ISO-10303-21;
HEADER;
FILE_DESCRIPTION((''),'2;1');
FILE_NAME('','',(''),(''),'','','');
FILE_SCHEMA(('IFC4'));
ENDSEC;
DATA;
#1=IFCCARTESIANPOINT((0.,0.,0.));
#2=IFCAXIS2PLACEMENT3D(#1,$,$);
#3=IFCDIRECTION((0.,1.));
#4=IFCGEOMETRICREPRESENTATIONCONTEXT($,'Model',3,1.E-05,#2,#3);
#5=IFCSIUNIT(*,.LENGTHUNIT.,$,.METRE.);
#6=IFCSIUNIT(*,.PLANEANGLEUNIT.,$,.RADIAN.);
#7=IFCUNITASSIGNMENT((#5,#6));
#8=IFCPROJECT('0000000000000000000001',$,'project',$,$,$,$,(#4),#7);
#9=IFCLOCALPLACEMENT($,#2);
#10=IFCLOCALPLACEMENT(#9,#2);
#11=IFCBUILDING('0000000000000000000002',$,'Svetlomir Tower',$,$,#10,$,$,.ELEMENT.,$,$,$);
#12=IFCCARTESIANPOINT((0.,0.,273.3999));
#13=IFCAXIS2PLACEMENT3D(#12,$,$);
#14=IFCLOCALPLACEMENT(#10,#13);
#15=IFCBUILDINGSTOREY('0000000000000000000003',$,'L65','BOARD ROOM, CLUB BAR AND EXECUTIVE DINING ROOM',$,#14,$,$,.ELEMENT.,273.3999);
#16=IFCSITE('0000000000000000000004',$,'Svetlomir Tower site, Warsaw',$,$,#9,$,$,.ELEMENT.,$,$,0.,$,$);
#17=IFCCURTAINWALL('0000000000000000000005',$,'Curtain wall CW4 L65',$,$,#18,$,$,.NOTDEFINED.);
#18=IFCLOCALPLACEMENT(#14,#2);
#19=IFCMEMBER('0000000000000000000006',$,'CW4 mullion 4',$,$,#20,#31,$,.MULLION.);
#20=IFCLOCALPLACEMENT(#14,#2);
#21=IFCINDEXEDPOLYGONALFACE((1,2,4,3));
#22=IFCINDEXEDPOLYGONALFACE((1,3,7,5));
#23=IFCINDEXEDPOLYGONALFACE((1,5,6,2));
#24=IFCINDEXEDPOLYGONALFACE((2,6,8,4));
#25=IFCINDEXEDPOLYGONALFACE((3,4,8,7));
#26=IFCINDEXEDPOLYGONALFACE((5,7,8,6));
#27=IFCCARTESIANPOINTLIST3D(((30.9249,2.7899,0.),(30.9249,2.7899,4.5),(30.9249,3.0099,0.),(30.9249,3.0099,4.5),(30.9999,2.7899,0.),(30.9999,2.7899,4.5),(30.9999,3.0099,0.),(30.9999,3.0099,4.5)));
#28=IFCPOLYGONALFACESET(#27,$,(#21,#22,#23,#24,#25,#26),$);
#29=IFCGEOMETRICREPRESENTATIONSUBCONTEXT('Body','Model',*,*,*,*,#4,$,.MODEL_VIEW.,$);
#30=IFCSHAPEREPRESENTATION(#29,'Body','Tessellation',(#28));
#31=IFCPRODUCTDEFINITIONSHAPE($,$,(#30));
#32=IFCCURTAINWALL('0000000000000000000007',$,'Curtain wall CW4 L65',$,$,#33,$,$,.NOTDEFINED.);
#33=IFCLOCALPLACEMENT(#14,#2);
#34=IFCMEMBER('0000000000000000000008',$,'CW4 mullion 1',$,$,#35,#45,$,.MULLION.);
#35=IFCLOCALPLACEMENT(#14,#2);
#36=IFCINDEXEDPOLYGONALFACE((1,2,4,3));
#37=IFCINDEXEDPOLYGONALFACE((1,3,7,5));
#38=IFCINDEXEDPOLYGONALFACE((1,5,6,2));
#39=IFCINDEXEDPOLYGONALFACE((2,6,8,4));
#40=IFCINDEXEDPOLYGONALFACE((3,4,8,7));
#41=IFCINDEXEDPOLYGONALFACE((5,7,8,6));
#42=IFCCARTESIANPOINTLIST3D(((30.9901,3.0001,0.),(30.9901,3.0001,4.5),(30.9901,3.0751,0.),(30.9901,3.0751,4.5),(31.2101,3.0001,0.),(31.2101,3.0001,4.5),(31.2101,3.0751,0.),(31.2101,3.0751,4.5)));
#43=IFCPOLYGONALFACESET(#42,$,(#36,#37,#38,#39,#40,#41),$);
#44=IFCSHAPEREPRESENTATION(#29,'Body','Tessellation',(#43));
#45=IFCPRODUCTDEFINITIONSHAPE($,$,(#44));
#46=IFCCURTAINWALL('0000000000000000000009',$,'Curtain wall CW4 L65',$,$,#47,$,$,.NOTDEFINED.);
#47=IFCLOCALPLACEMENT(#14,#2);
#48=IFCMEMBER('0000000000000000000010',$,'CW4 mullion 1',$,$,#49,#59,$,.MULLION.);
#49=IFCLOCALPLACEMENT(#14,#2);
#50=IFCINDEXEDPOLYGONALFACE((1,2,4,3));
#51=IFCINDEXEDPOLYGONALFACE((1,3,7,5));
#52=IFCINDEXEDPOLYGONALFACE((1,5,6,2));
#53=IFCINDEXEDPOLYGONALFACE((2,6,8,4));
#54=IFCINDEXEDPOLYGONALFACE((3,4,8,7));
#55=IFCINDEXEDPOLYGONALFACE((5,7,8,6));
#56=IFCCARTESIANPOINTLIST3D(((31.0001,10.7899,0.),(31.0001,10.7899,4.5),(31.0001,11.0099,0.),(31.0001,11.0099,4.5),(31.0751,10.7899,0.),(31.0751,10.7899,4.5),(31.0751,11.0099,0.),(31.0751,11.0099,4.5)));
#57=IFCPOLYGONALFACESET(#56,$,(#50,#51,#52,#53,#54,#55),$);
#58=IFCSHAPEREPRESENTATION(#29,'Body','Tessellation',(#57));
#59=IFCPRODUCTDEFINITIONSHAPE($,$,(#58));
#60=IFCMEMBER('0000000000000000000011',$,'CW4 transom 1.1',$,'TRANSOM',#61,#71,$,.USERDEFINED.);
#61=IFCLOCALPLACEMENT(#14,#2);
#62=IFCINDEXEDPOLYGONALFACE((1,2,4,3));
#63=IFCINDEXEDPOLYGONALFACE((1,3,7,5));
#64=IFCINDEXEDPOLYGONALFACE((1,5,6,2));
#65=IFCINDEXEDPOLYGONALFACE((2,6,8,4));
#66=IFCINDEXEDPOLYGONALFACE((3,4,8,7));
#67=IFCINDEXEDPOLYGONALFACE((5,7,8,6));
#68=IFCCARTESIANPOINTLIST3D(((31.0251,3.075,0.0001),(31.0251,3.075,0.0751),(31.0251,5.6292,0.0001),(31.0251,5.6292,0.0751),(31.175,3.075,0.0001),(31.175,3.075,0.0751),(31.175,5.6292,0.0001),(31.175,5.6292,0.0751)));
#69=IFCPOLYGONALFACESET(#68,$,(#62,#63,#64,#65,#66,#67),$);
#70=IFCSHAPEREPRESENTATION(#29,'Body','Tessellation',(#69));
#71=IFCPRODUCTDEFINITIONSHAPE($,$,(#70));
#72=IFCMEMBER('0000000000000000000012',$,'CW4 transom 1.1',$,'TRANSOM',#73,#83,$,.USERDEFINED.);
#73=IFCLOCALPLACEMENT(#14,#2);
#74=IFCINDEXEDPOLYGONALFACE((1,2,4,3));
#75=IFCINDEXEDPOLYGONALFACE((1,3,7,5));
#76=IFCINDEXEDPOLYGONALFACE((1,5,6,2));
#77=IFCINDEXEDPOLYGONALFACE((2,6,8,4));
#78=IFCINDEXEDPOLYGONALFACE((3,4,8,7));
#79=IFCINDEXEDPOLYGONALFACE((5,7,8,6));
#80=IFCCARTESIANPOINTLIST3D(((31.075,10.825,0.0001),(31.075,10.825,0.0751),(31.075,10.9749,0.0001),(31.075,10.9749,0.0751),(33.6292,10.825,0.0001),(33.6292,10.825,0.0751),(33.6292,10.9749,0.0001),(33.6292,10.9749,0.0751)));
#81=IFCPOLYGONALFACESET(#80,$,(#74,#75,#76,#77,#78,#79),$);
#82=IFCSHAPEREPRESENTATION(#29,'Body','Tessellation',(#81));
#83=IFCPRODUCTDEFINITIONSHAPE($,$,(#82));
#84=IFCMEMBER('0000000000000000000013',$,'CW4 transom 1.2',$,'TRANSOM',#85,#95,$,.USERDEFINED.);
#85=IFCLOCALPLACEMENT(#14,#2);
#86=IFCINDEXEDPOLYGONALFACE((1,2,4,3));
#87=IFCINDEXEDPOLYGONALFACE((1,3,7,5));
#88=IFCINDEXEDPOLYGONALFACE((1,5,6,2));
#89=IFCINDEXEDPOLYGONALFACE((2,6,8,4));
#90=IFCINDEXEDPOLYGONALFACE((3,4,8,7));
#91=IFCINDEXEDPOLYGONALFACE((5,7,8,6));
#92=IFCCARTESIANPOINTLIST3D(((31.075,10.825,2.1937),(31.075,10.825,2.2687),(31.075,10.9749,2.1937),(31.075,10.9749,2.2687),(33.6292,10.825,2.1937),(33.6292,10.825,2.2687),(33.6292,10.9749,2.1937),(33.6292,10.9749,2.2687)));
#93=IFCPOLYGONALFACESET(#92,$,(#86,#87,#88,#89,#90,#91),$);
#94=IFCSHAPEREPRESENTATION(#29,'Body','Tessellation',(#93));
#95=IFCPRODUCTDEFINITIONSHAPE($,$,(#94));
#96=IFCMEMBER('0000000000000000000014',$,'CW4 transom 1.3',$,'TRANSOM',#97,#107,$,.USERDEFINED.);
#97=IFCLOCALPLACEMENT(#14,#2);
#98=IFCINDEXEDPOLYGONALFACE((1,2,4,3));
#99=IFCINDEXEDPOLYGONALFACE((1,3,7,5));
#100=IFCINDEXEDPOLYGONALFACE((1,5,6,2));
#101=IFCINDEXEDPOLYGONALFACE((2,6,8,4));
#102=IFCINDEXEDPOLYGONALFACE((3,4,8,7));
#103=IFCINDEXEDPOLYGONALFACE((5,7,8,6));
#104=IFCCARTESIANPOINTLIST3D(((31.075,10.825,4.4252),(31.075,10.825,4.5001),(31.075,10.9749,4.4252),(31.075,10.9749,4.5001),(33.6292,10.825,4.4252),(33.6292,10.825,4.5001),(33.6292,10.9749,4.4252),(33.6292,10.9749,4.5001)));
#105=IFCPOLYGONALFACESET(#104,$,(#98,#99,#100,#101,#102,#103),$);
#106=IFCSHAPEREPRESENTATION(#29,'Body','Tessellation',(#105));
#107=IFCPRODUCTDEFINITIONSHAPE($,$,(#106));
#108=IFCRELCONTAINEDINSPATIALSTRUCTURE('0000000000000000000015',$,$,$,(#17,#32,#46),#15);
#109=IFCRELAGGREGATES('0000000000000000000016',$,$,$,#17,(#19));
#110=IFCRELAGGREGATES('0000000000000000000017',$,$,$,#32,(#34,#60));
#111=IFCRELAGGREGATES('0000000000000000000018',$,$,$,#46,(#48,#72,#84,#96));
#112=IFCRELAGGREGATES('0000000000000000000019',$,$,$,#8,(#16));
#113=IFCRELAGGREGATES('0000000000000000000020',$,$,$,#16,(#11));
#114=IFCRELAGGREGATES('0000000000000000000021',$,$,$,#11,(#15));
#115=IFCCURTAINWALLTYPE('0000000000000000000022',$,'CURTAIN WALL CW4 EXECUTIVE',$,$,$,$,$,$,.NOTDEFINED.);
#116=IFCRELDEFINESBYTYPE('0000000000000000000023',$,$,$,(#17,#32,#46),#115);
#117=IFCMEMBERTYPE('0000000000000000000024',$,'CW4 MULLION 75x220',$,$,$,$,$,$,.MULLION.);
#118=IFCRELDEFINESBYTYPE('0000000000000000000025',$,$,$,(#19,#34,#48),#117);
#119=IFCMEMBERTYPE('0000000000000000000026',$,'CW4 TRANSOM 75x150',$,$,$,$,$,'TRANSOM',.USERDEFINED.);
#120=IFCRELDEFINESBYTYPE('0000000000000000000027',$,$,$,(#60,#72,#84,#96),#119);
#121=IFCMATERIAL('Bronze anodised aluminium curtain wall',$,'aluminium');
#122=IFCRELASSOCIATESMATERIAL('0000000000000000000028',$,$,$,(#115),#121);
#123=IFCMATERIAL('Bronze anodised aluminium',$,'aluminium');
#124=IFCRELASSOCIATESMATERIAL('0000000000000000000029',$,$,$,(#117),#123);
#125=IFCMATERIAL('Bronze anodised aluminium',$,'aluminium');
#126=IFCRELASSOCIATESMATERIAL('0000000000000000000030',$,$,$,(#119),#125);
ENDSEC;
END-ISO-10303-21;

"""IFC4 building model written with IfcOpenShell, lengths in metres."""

from ifc_helpers import new_model, si_unit, direction, frame, origin, origin_2d, place, context, subcontext, project, spatial, rectangle, extrude, material, material_profile, profile_set, type_object, element, aggregate, save


model = new_model("IFC4")

# Units and contexts
model_context = context("Model", 3, precision=1e-05, world=origin(), true_north=direction((0.0, 1.0)))
body_context = subcontext(model_context, "Body", "Model", "MODEL_VIEW")
ifc_project = project(units=[si_unit("LENGTHUNIT", "METRE"), si_unit("PLANEANGLEUNIT", "RADIAN")], contexts=[model_context])

# Site, building, storey
site_placement = place(None, origin())
site = spatial("IfcSite", under=ifc_project, at=site_placement, Name="Svetlomir Tower site, Warsaw", CompositionType="ELEMENT", RefElevation=0.0)
building_placement = place(site_placement, origin())
building = spatial("IfcBuilding", under=site, at=building_placement, Name="Svetlomir Tower", CompositionType="ELEMENT")
storey_placement = place(building_placement, frame((0.0, 0.0, 273.3999)))
storey = spatial("IfcBuildingStorey", under=building, at=storey_placement, Name="L65", Description="BOARD ROOM, CLUB BAR AND EXECUTIVE DINING ROOM", CompositionType="ELEMENT", Elevation=273.3999)

# Curtain walls, members
ifc_material_1 = material(Name="Bronze anodised aluminium curtain wall", Category="aluminium")
curtain_wall_type = type_object("IfcCurtainWallType", Name="CURTAIN WALL CW4 EXECUTIVE", PredefinedType="NOTDEFINED", material=ifc_material_1)
curtain_wall_1_placement = place(storey_placement, origin())
curtain_wall_1 = element("IfcCurtainWall", 1, at=curtain_wall_1_placement, inside=storey, type_object=curtain_wall_type, Name="Curtain wall CW4 L65", PredefinedType="NOTDEFINED")
ifc_material_2 = material(Name="Bronze anodised aluminium", Category="aluminium")
ifc_material_profile_1 = material_profile(ifc_material_2, rectangle(XDim=0.075, YDim=0.22, at=origin_2d()), Name="AL 75x220")
ifc_profile_set_1 = profile_set([ifc_material_profile_1], Name="Bronze anodised aluminium 6063-T6")
member_type_1 = type_object("IfcMemberType", Name="CW4 MULLION 75x220", PredefinedType="MULLION", material=ifc_profile_set_1)
member_1_placement = place(storey_placement, frame((30.9624, 2.8999, 0.0), z_axis=(0.0, 0.0, 1.0), x_axis=(1.0, 0.0, 0.0)))
member_1 = element("IfcMember", 2, at=member_1_placement, type_object=member_type_1, Name="CW4 mullion 4", PredefinedType="MULLION", context=body_context, shape_type="SweptSolid", body=[
    extrude(rectangle(XDim=0.075, YDim=0.22, at=origin_2d()), origin(), (0.0, 0.0, 1.0), 4.5),
])
aggregate(curtain_wall_1, [member_1])
curtain_wall_2_placement = place(storey_placement, origin())
curtain_wall_2 = element("IfcCurtainWall", 3, at=curtain_wall_2_placement, inside=storey, type_object=curtain_wall_type, Name="Curtain wall CW4 L65", PredefinedType="NOTDEFINED")
member_2_placement = place(storey_placement, frame((31.1001, 3.0376, 0.0), z_axis=(0.0, 0.0, 1.0), x_axis=(0.0, 1.0, 0.0)))
member_2 = element("IfcMember", 4, at=member_2_placement, type_object=member_type_1, Name="CW4 mullion 1", PredefinedType="MULLION", context=body_context, shape_type="SweptSolid", body=[
    extrude(rectangle(XDim=0.075, YDim=0.22, at=origin_2d()), origin(), (0.0, 0.0, 1.0), 4.5),
])
curtain_wall_3_placement = place(storey_placement, origin())
curtain_wall_3 = element("IfcCurtainWall", 5, at=curtain_wall_3_placement, inside=storey, type_object=curtain_wall_type, Name="Curtain wall CW4 L65", PredefinedType="NOTDEFINED")
member_3_placement = place(storey_placement, frame((31.0376, 10.8999, 0.0), z_axis=(0.0, 0.0, 1.0), x_axis=(1.0, 0.0, 0.0)))
member_3 = element("IfcMember", 6, at=member_3_placement, type_object=member_type_1, Name="CW4 mullion 1", PredefinedType="MULLION", context=body_context, shape_type="SweptSolid", body=[
    extrude(rectangle(XDim=0.075, YDim=0.22, at=origin_2d()), origin(), (0.0, 0.0, 1.0), 4.5),
])

# Members
ifc_material_3 = material(Name="Bronze anodised aluminium", Category="aluminium")
ifc_material_profile_2 = material_profile(ifc_material_3, rectangle(XDim=0.1499, YDim=0.075, at=origin_2d()), Name="AL 150x75")
ifc_profile_set_2 = profile_set([ifc_material_profile_2], Name="Bronze anodised aluminium 6063-T6")
member_type_2 = type_object("IfcMemberType", Name="CW4 TRANSOM 75x150", ElementType="TRANSOM", PredefinedType="USERDEFINED", material=ifc_profile_set_2)
member_4_placement = place(storey_placement, frame((31.1001, 3.075, 0.0376), z_axis=(0.0, 1.0, 0.0), x_axis=(-1.0, 0.0, 0.0)))
member_4 = element("IfcMember", 7, at=member_4_placement, type_object=member_type_2, Name="CW4 transom 1.1", ObjectType="TRANSOM", PredefinedType="USERDEFINED", context=body_context, shape_type="SweptSolid", body=[
    extrude(rectangle(XDim=0.1499, YDim=0.075, at=origin_2d()), origin(), (0.0, 0.0, 1.0), 2.5542),
])
aggregate(curtain_wall_2, [member_2, member_4])
member_5_placement = place(storey_placement, frame((31.075, 10.8999, 0.0376), z_axis=(1.0, 0.0, 0.0), x_axis=(0.0, 1.0, 0.0)))
member_5 = element("IfcMember", 8, at=member_5_placement, type_object=member_type_2, Name="CW4 transom 1.1", ObjectType="TRANSOM", PredefinedType="USERDEFINED", context=body_context, shape_type="SweptSolid", body=[
    extrude(rectangle(XDim=0.1499, YDim=0.075, at=origin_2d()), origin(), (0.0, 0.0, 1.0), 2.5542),
])
member_6_placement = place(storey_placement, frame((31.075, 10.8999, 2.2312), z_axis=(1.0, 0.0, 0.0), x_axis=(0.0, 1.0, 0.0)))
member_6 = element("IfcMember", 9, at=member_6_placement, type_object=member_type_2, Name="CW4 transom 1.2", ObjectType="TRANSOM", PredefinedType="USERDEFINED", context=body_context, shape_type="SweptSolid", body=[
    extrude(rectangle(XDim=0.1499, YDim=0.075, at=origin_2d()), origin(), (0.0, 0.0, 1.0), 2.5542),
])
member_7_placement = place(storey_placement, frame((31.075, 10.8999, 4.4626), z_axis=(1.0, 0.0, 0.0), x_axis=(0.0, 1.0, 0.0)))
member_7 = element("IfcMember", 10, at=member_7_placement, type_object=member_type_2, Name="CW4 transom 1.3", ObjectType="TRANSOM", PredefinedType="USERDEFINED", context=body_context, shape_type="SweptSolid", body=[
    extrude(rectangle(XDim=0.1499, YDim=0.075, at=origin_2d()), origin(), (0.0, 0.0, 1.0), 2.5542),
])
aggregate(curtain_wall_3, [member_3, member_5, member_6, member_7])

save(model, "model.ifc")
